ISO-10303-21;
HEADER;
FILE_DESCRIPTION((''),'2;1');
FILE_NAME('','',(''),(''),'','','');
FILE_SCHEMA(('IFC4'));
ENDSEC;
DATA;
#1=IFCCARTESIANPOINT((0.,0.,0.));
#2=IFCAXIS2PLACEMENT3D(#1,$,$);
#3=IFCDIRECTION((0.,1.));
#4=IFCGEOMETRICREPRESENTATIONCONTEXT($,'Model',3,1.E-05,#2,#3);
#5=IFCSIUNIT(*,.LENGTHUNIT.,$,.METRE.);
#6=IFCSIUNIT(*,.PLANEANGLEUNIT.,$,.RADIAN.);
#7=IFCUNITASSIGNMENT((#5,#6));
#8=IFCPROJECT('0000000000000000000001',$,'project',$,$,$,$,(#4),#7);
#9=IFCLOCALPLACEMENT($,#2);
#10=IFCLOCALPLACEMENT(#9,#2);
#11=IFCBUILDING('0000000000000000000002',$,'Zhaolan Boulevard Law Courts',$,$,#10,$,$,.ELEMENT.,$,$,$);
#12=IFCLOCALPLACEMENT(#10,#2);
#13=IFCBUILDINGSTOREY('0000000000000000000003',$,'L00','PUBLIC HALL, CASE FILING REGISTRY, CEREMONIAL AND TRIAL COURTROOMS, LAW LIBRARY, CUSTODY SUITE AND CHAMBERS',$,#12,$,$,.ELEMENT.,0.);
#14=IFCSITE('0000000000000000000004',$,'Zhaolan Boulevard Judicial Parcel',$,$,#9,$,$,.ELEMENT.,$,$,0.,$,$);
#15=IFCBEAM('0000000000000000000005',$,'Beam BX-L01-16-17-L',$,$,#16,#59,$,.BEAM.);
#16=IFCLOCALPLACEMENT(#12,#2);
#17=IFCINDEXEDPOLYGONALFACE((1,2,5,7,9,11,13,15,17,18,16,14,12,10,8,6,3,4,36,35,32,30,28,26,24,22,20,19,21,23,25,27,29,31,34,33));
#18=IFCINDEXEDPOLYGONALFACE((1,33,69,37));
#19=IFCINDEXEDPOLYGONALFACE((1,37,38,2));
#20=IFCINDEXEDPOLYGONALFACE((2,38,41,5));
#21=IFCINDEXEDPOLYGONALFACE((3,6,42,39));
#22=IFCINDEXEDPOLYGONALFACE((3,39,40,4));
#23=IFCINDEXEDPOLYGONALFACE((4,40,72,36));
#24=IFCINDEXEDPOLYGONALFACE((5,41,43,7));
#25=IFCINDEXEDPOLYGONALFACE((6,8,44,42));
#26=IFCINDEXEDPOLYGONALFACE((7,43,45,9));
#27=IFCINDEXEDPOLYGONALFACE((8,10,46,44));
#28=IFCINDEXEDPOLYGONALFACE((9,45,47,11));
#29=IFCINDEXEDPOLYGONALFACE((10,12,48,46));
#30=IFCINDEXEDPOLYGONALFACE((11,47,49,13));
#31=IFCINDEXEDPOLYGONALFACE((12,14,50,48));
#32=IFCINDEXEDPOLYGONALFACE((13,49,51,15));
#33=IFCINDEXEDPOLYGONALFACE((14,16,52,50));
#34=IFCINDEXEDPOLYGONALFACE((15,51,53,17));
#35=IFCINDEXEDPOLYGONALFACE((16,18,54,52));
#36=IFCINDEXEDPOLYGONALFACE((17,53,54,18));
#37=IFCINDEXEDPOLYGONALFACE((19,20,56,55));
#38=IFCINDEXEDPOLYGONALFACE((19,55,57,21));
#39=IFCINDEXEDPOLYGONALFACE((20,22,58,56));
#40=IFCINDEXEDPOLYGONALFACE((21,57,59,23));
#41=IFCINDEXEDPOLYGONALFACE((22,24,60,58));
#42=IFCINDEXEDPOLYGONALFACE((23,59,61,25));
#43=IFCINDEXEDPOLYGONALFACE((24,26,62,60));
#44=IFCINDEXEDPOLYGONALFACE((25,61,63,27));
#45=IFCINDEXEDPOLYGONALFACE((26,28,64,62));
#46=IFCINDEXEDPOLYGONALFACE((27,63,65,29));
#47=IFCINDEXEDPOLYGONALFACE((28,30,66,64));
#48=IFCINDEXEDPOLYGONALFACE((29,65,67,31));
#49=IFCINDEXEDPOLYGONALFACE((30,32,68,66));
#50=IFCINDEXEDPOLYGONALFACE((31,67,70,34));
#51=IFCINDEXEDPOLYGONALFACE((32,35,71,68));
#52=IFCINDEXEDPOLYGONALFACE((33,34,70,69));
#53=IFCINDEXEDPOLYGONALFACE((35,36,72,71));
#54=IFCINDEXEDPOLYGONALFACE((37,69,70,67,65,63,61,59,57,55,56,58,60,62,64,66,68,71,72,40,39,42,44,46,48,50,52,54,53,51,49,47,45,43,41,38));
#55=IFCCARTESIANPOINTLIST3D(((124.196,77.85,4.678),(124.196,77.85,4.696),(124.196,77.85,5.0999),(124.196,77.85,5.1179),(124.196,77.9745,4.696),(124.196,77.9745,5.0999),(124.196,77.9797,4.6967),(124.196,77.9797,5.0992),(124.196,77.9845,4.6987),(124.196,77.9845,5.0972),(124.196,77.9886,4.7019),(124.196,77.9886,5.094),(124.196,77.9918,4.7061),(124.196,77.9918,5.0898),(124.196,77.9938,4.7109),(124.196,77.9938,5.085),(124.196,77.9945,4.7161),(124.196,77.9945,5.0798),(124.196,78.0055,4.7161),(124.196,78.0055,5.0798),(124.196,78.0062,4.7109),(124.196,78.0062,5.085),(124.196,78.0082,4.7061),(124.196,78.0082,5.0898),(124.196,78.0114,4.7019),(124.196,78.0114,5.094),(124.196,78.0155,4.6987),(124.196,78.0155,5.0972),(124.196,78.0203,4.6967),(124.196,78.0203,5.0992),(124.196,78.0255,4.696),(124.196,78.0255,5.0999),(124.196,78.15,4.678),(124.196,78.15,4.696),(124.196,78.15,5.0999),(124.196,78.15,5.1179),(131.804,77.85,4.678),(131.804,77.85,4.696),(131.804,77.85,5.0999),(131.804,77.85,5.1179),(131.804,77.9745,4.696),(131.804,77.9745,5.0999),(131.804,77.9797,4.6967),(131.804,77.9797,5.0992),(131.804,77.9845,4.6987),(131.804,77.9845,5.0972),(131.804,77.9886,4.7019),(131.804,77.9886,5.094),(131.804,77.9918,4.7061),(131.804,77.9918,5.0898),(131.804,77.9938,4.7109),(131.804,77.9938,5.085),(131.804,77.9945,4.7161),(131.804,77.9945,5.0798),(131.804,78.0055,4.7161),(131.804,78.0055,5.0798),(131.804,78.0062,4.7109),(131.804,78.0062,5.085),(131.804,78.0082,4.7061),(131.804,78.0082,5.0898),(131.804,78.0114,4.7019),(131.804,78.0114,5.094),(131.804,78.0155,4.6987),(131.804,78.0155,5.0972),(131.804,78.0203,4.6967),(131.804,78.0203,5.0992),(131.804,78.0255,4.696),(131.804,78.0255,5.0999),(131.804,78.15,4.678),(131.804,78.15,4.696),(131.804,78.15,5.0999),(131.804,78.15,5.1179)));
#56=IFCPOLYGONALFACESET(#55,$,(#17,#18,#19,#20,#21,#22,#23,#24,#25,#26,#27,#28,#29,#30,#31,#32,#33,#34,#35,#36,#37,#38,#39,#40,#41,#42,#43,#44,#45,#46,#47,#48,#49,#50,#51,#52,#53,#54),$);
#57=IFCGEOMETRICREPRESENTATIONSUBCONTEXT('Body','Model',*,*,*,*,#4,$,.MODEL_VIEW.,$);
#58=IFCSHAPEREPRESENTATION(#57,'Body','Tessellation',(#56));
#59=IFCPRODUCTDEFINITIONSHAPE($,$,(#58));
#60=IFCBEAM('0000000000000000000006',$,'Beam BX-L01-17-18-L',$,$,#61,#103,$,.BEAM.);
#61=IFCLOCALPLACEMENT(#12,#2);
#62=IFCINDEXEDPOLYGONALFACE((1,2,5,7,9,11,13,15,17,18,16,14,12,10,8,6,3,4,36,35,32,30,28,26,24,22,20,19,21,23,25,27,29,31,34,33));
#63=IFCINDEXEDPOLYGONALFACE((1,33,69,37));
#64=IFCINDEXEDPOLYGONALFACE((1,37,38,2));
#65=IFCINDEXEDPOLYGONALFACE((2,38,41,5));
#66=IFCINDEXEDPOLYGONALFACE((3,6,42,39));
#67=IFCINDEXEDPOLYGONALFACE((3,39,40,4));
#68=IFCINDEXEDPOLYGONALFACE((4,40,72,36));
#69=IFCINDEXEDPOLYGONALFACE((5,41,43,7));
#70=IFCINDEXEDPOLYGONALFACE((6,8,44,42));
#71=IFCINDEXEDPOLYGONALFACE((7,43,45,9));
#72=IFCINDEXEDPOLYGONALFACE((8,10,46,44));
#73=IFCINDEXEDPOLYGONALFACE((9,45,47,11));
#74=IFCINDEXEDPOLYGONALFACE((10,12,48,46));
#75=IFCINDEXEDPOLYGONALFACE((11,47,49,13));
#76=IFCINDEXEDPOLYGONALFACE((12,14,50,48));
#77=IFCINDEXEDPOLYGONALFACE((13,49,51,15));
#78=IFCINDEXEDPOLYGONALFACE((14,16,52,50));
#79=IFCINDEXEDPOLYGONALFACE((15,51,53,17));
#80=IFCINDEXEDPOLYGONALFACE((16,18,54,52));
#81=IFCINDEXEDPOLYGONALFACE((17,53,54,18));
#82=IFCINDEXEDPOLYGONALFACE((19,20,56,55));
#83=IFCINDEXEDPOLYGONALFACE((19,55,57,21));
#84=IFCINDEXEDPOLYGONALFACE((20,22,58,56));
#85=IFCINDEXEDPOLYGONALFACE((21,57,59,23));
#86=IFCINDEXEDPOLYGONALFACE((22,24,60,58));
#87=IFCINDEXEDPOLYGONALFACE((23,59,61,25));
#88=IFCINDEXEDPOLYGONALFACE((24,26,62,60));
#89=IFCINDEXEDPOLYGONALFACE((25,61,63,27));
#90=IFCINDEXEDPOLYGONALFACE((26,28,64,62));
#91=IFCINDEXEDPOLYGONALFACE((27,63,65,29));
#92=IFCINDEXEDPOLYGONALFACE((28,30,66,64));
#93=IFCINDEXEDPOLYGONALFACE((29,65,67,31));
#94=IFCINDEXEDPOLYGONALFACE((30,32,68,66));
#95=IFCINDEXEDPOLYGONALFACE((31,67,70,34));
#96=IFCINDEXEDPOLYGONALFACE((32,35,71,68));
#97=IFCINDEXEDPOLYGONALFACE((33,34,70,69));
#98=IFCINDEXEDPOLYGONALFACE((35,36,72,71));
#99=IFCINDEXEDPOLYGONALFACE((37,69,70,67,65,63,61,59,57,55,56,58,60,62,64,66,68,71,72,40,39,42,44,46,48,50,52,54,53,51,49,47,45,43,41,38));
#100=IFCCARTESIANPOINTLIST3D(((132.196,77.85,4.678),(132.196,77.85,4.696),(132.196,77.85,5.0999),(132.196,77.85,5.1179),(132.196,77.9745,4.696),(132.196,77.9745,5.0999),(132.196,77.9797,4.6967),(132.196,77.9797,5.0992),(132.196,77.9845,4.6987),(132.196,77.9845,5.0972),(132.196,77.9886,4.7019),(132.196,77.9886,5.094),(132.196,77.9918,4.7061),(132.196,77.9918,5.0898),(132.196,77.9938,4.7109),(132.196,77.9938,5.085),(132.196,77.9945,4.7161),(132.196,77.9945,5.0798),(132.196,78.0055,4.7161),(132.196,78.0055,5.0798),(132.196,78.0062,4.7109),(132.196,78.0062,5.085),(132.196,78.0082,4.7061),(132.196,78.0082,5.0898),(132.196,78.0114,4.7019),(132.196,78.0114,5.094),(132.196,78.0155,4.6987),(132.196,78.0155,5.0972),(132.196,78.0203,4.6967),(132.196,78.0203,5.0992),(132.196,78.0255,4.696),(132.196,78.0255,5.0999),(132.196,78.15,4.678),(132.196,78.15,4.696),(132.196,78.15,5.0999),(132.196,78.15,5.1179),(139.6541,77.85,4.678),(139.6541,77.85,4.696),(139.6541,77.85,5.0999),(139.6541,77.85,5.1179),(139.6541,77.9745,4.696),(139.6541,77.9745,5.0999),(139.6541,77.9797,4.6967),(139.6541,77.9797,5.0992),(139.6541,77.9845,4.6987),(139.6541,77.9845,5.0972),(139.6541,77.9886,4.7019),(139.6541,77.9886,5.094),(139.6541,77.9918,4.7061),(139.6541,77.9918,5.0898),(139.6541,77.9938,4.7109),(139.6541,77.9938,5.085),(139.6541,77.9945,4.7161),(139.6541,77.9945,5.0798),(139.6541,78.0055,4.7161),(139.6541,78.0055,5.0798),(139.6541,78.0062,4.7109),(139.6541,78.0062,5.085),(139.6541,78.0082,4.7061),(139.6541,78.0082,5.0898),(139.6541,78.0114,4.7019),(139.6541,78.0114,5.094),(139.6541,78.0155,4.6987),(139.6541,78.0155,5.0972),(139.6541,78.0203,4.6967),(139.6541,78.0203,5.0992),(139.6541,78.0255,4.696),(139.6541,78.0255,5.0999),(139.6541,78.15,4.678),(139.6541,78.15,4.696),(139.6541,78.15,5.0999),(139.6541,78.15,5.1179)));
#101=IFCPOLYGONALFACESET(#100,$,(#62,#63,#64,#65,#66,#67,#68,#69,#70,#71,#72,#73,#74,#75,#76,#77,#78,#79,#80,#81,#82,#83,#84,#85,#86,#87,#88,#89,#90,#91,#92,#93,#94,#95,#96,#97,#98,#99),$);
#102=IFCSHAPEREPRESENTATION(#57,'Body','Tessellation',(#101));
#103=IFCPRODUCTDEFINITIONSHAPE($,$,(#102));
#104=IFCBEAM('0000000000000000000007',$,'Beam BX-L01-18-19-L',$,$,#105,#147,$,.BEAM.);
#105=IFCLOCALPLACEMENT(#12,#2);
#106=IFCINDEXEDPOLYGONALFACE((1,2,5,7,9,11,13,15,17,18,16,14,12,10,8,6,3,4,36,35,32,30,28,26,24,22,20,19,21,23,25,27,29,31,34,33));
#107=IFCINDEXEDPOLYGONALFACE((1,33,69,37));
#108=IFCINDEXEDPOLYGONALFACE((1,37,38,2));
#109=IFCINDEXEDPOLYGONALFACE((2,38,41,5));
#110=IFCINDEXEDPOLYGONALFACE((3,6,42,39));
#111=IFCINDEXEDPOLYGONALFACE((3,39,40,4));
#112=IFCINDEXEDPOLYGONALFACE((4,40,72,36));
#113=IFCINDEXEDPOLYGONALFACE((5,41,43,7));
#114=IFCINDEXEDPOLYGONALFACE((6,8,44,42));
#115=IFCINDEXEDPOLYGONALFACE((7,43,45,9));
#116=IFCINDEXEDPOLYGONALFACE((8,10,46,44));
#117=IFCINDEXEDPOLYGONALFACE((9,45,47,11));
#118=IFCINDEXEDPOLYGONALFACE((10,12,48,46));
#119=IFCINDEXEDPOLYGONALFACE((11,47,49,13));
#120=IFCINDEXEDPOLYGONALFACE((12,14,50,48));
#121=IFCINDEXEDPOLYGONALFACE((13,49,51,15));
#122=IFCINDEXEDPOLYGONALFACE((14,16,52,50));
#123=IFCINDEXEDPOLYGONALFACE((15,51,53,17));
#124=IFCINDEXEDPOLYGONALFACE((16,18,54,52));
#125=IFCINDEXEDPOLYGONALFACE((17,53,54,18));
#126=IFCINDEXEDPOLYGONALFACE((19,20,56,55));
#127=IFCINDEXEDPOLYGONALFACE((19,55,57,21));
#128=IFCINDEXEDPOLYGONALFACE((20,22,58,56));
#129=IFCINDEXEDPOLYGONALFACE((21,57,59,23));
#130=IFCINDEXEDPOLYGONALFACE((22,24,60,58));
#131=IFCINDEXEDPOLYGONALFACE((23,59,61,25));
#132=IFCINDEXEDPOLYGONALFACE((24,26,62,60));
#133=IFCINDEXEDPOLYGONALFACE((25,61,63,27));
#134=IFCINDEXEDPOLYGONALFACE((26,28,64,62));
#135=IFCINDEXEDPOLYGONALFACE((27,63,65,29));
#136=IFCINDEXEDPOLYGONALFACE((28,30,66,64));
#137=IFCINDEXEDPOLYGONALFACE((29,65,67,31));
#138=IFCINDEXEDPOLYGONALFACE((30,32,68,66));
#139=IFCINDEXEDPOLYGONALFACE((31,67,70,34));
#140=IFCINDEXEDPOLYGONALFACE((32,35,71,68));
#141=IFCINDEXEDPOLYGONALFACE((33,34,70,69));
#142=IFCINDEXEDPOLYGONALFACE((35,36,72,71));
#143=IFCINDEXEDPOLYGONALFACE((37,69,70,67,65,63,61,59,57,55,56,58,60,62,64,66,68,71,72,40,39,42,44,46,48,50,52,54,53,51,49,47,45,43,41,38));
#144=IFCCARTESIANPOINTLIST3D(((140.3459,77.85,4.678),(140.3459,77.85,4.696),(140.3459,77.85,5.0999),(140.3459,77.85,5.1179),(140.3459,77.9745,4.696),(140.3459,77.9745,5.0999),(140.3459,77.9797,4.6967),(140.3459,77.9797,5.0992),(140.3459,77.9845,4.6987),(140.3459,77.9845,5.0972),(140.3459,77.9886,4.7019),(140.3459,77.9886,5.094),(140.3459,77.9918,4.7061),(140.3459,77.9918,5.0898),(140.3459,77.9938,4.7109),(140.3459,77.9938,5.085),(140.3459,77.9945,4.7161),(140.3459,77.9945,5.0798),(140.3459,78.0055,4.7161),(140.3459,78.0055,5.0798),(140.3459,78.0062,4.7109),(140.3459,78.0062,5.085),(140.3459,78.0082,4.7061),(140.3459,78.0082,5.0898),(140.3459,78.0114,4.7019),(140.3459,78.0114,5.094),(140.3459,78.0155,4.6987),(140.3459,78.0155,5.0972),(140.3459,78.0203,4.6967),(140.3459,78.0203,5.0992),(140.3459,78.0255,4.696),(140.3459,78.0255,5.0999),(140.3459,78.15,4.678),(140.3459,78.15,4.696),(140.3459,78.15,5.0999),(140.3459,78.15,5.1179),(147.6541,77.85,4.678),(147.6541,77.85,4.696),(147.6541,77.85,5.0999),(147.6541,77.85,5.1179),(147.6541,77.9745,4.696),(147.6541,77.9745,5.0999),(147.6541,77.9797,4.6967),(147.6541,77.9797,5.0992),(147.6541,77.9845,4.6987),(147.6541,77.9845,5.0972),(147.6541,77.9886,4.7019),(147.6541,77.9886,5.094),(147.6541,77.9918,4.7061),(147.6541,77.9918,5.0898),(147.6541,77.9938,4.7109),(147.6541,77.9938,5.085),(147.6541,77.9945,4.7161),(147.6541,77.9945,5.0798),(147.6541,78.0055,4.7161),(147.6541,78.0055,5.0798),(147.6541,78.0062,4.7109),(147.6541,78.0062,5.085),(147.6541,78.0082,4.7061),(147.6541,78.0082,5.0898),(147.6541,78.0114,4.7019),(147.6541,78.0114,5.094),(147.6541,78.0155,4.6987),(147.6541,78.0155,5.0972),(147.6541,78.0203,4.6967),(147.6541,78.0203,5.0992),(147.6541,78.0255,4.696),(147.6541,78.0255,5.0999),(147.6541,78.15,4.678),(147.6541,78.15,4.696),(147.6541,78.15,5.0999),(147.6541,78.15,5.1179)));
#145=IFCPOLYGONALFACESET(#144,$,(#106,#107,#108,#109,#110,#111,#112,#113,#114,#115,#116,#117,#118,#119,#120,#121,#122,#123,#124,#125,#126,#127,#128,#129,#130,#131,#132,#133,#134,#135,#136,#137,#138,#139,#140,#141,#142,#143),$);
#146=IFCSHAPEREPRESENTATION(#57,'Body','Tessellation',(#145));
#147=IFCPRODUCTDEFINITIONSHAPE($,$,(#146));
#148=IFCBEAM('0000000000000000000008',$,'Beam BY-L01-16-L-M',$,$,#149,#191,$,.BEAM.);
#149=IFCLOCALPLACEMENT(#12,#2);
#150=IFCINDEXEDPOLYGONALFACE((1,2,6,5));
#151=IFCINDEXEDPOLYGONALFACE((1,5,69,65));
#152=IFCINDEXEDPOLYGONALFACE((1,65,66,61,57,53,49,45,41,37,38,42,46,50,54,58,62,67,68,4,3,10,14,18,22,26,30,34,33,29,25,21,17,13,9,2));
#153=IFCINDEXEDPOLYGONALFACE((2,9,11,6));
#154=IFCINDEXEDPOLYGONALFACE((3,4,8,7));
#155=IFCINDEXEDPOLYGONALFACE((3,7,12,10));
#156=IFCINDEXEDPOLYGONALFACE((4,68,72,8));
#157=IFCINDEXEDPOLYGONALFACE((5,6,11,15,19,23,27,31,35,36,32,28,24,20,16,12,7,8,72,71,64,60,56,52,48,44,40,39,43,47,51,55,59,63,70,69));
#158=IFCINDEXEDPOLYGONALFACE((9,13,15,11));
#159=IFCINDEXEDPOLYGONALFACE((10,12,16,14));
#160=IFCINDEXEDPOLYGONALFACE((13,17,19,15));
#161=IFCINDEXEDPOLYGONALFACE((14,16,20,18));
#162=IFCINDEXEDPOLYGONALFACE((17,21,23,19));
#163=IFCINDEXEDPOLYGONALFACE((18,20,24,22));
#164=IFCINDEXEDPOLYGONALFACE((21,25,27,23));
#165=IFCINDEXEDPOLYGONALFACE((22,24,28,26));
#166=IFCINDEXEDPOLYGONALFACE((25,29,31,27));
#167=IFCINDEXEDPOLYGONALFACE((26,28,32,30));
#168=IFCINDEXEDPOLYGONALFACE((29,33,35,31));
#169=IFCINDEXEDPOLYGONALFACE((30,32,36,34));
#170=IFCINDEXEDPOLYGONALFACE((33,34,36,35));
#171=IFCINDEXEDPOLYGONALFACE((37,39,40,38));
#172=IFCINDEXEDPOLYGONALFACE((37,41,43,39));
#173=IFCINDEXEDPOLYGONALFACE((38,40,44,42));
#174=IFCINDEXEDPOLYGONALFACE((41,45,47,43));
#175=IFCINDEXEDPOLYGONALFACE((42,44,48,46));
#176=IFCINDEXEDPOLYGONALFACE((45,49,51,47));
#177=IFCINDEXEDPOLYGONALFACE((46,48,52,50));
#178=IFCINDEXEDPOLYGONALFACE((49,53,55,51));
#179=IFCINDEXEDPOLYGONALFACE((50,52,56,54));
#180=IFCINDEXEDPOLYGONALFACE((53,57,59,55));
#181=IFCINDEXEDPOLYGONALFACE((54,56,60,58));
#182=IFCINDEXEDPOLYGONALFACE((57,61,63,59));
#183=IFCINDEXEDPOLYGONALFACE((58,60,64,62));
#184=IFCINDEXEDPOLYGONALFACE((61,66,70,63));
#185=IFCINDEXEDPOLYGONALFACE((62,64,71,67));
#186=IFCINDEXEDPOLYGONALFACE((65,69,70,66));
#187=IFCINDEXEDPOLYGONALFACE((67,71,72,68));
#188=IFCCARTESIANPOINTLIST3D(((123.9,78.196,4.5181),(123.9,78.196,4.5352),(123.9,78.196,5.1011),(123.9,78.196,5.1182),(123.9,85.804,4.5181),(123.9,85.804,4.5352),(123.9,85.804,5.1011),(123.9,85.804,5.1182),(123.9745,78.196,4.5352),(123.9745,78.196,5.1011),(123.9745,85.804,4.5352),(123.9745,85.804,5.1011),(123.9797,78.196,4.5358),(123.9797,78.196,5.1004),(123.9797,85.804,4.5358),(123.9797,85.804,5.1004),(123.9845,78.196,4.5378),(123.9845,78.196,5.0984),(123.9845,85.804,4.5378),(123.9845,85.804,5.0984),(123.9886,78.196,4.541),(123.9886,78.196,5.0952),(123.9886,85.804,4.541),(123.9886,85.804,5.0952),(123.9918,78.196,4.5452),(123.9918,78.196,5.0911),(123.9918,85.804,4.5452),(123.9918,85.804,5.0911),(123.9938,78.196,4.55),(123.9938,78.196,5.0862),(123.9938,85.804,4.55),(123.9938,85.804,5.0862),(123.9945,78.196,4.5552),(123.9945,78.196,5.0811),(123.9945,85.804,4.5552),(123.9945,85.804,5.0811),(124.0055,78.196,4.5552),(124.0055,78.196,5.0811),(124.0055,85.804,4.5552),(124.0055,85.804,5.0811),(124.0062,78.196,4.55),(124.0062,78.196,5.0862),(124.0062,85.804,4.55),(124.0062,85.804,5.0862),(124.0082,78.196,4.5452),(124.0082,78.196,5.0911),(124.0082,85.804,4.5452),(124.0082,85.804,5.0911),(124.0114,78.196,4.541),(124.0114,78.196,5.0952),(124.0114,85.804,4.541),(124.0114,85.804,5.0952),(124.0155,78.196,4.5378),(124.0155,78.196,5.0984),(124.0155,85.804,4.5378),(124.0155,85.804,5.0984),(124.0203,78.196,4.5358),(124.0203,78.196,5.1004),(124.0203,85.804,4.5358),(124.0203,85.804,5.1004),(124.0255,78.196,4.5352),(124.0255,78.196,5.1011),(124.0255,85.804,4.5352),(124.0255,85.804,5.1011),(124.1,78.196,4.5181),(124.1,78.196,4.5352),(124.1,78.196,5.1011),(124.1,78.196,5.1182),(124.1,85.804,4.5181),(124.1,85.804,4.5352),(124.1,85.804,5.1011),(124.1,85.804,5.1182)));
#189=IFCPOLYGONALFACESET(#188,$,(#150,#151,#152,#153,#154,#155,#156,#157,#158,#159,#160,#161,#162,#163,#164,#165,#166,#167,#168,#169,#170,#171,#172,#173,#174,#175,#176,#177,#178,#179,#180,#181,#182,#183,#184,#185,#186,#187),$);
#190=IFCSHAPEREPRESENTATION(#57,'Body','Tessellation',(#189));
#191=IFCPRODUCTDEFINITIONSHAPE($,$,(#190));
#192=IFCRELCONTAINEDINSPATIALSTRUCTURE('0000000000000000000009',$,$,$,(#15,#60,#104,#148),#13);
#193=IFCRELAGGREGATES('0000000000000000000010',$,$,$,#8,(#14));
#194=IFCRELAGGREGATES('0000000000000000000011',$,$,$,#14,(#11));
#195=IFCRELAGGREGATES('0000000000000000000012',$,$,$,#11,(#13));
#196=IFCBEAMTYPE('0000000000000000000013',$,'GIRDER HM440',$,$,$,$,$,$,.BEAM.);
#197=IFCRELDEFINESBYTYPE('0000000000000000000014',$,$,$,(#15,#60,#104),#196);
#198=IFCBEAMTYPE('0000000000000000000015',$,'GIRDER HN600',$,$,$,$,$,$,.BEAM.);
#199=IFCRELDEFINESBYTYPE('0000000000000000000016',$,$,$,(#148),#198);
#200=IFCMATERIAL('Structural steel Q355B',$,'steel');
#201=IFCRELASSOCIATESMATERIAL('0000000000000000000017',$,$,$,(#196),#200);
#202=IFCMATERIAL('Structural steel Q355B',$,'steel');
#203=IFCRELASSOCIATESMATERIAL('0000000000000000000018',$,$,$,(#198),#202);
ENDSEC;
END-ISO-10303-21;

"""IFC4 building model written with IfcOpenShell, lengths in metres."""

from ifc_helpers import new_model, si_unit, direction, frame, origin, origin_2d, place, context, subcontext, project, spatial, i_section, extrude, material, material_profile, profile_set, type_object, element, save


model = new_model("IFC4")

# Units and contexts
model_context = context("Model", 3, precision=1e-05, world=origin(), true_north=direction((0.0, 1.0)))
body_context = subcontext(model_context, "Body", "Model", "MODEL_VIEW")
ifc_project = project(units=[si_unit("LENGTHUNIT", "METRE"), si_unit("PLANEANGLEUNIT", "RADIAN")], contexts=[model_context])

# Site, building, storey
site_placement = place(None, origin())
site = spatial("IfcSite", under=ifc_project, at=site_placement, Name="Zhaolan Boulevard Judicial Parcel", CompositionType="ELEMENT", RefElevation=0.0)
building_placement = place(site_placement, origin())
building = spatial("IfcBuilding", under=site, at=building_placement, Name="Zhaolan Boulevard Law Courts", CompositionType="ELEMENT")
storey_placement = place(building_placement, origin())
storey = spatial("IfcBuildingStorey", under=building, at=storey_placement, Name="L00", Description="PUBLIC HALL, CASE FILING REGISTRY, CEREMONIAL AND TRIAL COURTROOMS, LAW LIBRARY, CUSTODY SUITE AND CHAMBERS", CompositionType="ELEMENT", Elevation=0.0)

# Beams
ifc_material_1 = material(Name="Structural steel Q355B", Category="steel")
ifc_material_profile_1 = material_profile(ifc_material_1, i_section(OverallWidth=0.3, OverallDepth=0.4399, WebThickness=0.011, FlangeThickness=0.0181, FilletRadius=0.02, at=origin_2d()), Name="HM440x300")
ifc_profile_set_1 = profile_set([ifc_material_profile_1], Name="Structural steel Q355B")
beam_type_1 = type_object("IfcBeamType", Name="GIRDER HM440", PredefinedType="BEAM", material=ifc_profile_set_1)
beam_1_placement = place(storey_placement, frame((124.196, 78.0, 4.8979), z_axis=(1.0, 0.0, 0.0), x_axis=(0.0, 1.0, 0.0)))
element("IfcBeam", 1, at=beam_1_placement, inside=storey, type_object=beam_type_1, Name="Beam BX-L01-16-17-L", PredefinedType="BEAM", context=body_context, shape_type="SweptSolid", body=[
    extrude(i_section(OverallWidth=0.3, OverallDepth=0.4399, WebThickness=0.011, FlangeThickness=0.0181, FilletRadius=0.02, at=origin_2d()), origin(), (0.0, 0.0, 1.0), 7.6079),
])
beam_2_placement = place(storey_placement, frame((132.196, 78.0, 4.8979), z_axis=(1.0, 0.0, 0.0), x_axis=(0.0, 1.0, 0.0)))
element("IfcBeam", 2, at=beam_2_placement, inside=storey, type_object=beam_type_1, Name="Beam BX-L01-17-18-L", PredefinedType="BEAM", context=body_context, shape_type="SweptSolid", body=[
    extrude(i_section(OverallWidth=0.3, OverallDepth=0.4399, WebThickness=0.011, FlangeThickness=0.0181, FilletRadius=0.02, at=origin_2d()), origin(), (0.0, 0.0, 1.0), 7.458),
])
beam_3_placement = place(storey_placement, frame((140.3459, 78.0, 4.8979), z_axis=(1.0, 0.0, 0.0), x_axis=(0.0, 1.0, 0.0)))
element("IfcBeam", 3, at=beam_3_placement, inside=storey, type_object=beam_type_1, Name="Beam BX-L01-18-19-L", PredefinedType="BEAM", context=body_context, shape_type="SweptSolid", body=[
    extrude(i_section(OverallWidth=0.3, OverallDepth=0.4399, WebThickness=0.011, FlangeThickness=0.0181, FilletRadius=0.02, at=origin_2d()), origin(), (0.0, 0.0, 1.0), 7.3081),
])
ifc_material_2 = material(Name="Structural steel Q355B", Category="steel")
ifc_material_profile_2 = material_profile(ifc_material_2, i_section(OverallWidth=0.2, OverallDepth=0.6001, WebThickness=0.011, FlangeThickness=0.0171, FilletRadius=0.02, at=origin_2d()), Name="HN600x200")
ifc_profile_set_2 = profile_set([ifc_material_profile_2], Name="Structural steel Q355B")
beam_type_2 = type_object("IfcBeamType", Name="GIRDER HN600", PredefinedType="BEAM", material=ifc_profile_set_2)
for number, where, z_axis, x_axis, name in (
    (4, (124.0, 78.196, 4.8181), (0.0, 1.0, 0.0), (-1.0, 0.0, 0.0), "Beam BY-L01-16-L-M"),
):
    element("IfcBeam", number, at=place(storey_placement, frame(where, z_axis=z_axis, x_axis=x_axis)), inside=storey, type_object=beam_type_2, Name=name, PredefinedType="BEAM", context=body_context, shape_type="SweptSolid", body=[
        extrude(i_section(OverallWidth=0.2, OverallDepth=0.6001, WebThickness=0.011, FlangeThickness=0.0171, FilletRadius=0.02, at=origin_2d()), origin(), (0.0, 0.0, 1.0), 7.6079),
    ])

save(model, "model.ifc")
